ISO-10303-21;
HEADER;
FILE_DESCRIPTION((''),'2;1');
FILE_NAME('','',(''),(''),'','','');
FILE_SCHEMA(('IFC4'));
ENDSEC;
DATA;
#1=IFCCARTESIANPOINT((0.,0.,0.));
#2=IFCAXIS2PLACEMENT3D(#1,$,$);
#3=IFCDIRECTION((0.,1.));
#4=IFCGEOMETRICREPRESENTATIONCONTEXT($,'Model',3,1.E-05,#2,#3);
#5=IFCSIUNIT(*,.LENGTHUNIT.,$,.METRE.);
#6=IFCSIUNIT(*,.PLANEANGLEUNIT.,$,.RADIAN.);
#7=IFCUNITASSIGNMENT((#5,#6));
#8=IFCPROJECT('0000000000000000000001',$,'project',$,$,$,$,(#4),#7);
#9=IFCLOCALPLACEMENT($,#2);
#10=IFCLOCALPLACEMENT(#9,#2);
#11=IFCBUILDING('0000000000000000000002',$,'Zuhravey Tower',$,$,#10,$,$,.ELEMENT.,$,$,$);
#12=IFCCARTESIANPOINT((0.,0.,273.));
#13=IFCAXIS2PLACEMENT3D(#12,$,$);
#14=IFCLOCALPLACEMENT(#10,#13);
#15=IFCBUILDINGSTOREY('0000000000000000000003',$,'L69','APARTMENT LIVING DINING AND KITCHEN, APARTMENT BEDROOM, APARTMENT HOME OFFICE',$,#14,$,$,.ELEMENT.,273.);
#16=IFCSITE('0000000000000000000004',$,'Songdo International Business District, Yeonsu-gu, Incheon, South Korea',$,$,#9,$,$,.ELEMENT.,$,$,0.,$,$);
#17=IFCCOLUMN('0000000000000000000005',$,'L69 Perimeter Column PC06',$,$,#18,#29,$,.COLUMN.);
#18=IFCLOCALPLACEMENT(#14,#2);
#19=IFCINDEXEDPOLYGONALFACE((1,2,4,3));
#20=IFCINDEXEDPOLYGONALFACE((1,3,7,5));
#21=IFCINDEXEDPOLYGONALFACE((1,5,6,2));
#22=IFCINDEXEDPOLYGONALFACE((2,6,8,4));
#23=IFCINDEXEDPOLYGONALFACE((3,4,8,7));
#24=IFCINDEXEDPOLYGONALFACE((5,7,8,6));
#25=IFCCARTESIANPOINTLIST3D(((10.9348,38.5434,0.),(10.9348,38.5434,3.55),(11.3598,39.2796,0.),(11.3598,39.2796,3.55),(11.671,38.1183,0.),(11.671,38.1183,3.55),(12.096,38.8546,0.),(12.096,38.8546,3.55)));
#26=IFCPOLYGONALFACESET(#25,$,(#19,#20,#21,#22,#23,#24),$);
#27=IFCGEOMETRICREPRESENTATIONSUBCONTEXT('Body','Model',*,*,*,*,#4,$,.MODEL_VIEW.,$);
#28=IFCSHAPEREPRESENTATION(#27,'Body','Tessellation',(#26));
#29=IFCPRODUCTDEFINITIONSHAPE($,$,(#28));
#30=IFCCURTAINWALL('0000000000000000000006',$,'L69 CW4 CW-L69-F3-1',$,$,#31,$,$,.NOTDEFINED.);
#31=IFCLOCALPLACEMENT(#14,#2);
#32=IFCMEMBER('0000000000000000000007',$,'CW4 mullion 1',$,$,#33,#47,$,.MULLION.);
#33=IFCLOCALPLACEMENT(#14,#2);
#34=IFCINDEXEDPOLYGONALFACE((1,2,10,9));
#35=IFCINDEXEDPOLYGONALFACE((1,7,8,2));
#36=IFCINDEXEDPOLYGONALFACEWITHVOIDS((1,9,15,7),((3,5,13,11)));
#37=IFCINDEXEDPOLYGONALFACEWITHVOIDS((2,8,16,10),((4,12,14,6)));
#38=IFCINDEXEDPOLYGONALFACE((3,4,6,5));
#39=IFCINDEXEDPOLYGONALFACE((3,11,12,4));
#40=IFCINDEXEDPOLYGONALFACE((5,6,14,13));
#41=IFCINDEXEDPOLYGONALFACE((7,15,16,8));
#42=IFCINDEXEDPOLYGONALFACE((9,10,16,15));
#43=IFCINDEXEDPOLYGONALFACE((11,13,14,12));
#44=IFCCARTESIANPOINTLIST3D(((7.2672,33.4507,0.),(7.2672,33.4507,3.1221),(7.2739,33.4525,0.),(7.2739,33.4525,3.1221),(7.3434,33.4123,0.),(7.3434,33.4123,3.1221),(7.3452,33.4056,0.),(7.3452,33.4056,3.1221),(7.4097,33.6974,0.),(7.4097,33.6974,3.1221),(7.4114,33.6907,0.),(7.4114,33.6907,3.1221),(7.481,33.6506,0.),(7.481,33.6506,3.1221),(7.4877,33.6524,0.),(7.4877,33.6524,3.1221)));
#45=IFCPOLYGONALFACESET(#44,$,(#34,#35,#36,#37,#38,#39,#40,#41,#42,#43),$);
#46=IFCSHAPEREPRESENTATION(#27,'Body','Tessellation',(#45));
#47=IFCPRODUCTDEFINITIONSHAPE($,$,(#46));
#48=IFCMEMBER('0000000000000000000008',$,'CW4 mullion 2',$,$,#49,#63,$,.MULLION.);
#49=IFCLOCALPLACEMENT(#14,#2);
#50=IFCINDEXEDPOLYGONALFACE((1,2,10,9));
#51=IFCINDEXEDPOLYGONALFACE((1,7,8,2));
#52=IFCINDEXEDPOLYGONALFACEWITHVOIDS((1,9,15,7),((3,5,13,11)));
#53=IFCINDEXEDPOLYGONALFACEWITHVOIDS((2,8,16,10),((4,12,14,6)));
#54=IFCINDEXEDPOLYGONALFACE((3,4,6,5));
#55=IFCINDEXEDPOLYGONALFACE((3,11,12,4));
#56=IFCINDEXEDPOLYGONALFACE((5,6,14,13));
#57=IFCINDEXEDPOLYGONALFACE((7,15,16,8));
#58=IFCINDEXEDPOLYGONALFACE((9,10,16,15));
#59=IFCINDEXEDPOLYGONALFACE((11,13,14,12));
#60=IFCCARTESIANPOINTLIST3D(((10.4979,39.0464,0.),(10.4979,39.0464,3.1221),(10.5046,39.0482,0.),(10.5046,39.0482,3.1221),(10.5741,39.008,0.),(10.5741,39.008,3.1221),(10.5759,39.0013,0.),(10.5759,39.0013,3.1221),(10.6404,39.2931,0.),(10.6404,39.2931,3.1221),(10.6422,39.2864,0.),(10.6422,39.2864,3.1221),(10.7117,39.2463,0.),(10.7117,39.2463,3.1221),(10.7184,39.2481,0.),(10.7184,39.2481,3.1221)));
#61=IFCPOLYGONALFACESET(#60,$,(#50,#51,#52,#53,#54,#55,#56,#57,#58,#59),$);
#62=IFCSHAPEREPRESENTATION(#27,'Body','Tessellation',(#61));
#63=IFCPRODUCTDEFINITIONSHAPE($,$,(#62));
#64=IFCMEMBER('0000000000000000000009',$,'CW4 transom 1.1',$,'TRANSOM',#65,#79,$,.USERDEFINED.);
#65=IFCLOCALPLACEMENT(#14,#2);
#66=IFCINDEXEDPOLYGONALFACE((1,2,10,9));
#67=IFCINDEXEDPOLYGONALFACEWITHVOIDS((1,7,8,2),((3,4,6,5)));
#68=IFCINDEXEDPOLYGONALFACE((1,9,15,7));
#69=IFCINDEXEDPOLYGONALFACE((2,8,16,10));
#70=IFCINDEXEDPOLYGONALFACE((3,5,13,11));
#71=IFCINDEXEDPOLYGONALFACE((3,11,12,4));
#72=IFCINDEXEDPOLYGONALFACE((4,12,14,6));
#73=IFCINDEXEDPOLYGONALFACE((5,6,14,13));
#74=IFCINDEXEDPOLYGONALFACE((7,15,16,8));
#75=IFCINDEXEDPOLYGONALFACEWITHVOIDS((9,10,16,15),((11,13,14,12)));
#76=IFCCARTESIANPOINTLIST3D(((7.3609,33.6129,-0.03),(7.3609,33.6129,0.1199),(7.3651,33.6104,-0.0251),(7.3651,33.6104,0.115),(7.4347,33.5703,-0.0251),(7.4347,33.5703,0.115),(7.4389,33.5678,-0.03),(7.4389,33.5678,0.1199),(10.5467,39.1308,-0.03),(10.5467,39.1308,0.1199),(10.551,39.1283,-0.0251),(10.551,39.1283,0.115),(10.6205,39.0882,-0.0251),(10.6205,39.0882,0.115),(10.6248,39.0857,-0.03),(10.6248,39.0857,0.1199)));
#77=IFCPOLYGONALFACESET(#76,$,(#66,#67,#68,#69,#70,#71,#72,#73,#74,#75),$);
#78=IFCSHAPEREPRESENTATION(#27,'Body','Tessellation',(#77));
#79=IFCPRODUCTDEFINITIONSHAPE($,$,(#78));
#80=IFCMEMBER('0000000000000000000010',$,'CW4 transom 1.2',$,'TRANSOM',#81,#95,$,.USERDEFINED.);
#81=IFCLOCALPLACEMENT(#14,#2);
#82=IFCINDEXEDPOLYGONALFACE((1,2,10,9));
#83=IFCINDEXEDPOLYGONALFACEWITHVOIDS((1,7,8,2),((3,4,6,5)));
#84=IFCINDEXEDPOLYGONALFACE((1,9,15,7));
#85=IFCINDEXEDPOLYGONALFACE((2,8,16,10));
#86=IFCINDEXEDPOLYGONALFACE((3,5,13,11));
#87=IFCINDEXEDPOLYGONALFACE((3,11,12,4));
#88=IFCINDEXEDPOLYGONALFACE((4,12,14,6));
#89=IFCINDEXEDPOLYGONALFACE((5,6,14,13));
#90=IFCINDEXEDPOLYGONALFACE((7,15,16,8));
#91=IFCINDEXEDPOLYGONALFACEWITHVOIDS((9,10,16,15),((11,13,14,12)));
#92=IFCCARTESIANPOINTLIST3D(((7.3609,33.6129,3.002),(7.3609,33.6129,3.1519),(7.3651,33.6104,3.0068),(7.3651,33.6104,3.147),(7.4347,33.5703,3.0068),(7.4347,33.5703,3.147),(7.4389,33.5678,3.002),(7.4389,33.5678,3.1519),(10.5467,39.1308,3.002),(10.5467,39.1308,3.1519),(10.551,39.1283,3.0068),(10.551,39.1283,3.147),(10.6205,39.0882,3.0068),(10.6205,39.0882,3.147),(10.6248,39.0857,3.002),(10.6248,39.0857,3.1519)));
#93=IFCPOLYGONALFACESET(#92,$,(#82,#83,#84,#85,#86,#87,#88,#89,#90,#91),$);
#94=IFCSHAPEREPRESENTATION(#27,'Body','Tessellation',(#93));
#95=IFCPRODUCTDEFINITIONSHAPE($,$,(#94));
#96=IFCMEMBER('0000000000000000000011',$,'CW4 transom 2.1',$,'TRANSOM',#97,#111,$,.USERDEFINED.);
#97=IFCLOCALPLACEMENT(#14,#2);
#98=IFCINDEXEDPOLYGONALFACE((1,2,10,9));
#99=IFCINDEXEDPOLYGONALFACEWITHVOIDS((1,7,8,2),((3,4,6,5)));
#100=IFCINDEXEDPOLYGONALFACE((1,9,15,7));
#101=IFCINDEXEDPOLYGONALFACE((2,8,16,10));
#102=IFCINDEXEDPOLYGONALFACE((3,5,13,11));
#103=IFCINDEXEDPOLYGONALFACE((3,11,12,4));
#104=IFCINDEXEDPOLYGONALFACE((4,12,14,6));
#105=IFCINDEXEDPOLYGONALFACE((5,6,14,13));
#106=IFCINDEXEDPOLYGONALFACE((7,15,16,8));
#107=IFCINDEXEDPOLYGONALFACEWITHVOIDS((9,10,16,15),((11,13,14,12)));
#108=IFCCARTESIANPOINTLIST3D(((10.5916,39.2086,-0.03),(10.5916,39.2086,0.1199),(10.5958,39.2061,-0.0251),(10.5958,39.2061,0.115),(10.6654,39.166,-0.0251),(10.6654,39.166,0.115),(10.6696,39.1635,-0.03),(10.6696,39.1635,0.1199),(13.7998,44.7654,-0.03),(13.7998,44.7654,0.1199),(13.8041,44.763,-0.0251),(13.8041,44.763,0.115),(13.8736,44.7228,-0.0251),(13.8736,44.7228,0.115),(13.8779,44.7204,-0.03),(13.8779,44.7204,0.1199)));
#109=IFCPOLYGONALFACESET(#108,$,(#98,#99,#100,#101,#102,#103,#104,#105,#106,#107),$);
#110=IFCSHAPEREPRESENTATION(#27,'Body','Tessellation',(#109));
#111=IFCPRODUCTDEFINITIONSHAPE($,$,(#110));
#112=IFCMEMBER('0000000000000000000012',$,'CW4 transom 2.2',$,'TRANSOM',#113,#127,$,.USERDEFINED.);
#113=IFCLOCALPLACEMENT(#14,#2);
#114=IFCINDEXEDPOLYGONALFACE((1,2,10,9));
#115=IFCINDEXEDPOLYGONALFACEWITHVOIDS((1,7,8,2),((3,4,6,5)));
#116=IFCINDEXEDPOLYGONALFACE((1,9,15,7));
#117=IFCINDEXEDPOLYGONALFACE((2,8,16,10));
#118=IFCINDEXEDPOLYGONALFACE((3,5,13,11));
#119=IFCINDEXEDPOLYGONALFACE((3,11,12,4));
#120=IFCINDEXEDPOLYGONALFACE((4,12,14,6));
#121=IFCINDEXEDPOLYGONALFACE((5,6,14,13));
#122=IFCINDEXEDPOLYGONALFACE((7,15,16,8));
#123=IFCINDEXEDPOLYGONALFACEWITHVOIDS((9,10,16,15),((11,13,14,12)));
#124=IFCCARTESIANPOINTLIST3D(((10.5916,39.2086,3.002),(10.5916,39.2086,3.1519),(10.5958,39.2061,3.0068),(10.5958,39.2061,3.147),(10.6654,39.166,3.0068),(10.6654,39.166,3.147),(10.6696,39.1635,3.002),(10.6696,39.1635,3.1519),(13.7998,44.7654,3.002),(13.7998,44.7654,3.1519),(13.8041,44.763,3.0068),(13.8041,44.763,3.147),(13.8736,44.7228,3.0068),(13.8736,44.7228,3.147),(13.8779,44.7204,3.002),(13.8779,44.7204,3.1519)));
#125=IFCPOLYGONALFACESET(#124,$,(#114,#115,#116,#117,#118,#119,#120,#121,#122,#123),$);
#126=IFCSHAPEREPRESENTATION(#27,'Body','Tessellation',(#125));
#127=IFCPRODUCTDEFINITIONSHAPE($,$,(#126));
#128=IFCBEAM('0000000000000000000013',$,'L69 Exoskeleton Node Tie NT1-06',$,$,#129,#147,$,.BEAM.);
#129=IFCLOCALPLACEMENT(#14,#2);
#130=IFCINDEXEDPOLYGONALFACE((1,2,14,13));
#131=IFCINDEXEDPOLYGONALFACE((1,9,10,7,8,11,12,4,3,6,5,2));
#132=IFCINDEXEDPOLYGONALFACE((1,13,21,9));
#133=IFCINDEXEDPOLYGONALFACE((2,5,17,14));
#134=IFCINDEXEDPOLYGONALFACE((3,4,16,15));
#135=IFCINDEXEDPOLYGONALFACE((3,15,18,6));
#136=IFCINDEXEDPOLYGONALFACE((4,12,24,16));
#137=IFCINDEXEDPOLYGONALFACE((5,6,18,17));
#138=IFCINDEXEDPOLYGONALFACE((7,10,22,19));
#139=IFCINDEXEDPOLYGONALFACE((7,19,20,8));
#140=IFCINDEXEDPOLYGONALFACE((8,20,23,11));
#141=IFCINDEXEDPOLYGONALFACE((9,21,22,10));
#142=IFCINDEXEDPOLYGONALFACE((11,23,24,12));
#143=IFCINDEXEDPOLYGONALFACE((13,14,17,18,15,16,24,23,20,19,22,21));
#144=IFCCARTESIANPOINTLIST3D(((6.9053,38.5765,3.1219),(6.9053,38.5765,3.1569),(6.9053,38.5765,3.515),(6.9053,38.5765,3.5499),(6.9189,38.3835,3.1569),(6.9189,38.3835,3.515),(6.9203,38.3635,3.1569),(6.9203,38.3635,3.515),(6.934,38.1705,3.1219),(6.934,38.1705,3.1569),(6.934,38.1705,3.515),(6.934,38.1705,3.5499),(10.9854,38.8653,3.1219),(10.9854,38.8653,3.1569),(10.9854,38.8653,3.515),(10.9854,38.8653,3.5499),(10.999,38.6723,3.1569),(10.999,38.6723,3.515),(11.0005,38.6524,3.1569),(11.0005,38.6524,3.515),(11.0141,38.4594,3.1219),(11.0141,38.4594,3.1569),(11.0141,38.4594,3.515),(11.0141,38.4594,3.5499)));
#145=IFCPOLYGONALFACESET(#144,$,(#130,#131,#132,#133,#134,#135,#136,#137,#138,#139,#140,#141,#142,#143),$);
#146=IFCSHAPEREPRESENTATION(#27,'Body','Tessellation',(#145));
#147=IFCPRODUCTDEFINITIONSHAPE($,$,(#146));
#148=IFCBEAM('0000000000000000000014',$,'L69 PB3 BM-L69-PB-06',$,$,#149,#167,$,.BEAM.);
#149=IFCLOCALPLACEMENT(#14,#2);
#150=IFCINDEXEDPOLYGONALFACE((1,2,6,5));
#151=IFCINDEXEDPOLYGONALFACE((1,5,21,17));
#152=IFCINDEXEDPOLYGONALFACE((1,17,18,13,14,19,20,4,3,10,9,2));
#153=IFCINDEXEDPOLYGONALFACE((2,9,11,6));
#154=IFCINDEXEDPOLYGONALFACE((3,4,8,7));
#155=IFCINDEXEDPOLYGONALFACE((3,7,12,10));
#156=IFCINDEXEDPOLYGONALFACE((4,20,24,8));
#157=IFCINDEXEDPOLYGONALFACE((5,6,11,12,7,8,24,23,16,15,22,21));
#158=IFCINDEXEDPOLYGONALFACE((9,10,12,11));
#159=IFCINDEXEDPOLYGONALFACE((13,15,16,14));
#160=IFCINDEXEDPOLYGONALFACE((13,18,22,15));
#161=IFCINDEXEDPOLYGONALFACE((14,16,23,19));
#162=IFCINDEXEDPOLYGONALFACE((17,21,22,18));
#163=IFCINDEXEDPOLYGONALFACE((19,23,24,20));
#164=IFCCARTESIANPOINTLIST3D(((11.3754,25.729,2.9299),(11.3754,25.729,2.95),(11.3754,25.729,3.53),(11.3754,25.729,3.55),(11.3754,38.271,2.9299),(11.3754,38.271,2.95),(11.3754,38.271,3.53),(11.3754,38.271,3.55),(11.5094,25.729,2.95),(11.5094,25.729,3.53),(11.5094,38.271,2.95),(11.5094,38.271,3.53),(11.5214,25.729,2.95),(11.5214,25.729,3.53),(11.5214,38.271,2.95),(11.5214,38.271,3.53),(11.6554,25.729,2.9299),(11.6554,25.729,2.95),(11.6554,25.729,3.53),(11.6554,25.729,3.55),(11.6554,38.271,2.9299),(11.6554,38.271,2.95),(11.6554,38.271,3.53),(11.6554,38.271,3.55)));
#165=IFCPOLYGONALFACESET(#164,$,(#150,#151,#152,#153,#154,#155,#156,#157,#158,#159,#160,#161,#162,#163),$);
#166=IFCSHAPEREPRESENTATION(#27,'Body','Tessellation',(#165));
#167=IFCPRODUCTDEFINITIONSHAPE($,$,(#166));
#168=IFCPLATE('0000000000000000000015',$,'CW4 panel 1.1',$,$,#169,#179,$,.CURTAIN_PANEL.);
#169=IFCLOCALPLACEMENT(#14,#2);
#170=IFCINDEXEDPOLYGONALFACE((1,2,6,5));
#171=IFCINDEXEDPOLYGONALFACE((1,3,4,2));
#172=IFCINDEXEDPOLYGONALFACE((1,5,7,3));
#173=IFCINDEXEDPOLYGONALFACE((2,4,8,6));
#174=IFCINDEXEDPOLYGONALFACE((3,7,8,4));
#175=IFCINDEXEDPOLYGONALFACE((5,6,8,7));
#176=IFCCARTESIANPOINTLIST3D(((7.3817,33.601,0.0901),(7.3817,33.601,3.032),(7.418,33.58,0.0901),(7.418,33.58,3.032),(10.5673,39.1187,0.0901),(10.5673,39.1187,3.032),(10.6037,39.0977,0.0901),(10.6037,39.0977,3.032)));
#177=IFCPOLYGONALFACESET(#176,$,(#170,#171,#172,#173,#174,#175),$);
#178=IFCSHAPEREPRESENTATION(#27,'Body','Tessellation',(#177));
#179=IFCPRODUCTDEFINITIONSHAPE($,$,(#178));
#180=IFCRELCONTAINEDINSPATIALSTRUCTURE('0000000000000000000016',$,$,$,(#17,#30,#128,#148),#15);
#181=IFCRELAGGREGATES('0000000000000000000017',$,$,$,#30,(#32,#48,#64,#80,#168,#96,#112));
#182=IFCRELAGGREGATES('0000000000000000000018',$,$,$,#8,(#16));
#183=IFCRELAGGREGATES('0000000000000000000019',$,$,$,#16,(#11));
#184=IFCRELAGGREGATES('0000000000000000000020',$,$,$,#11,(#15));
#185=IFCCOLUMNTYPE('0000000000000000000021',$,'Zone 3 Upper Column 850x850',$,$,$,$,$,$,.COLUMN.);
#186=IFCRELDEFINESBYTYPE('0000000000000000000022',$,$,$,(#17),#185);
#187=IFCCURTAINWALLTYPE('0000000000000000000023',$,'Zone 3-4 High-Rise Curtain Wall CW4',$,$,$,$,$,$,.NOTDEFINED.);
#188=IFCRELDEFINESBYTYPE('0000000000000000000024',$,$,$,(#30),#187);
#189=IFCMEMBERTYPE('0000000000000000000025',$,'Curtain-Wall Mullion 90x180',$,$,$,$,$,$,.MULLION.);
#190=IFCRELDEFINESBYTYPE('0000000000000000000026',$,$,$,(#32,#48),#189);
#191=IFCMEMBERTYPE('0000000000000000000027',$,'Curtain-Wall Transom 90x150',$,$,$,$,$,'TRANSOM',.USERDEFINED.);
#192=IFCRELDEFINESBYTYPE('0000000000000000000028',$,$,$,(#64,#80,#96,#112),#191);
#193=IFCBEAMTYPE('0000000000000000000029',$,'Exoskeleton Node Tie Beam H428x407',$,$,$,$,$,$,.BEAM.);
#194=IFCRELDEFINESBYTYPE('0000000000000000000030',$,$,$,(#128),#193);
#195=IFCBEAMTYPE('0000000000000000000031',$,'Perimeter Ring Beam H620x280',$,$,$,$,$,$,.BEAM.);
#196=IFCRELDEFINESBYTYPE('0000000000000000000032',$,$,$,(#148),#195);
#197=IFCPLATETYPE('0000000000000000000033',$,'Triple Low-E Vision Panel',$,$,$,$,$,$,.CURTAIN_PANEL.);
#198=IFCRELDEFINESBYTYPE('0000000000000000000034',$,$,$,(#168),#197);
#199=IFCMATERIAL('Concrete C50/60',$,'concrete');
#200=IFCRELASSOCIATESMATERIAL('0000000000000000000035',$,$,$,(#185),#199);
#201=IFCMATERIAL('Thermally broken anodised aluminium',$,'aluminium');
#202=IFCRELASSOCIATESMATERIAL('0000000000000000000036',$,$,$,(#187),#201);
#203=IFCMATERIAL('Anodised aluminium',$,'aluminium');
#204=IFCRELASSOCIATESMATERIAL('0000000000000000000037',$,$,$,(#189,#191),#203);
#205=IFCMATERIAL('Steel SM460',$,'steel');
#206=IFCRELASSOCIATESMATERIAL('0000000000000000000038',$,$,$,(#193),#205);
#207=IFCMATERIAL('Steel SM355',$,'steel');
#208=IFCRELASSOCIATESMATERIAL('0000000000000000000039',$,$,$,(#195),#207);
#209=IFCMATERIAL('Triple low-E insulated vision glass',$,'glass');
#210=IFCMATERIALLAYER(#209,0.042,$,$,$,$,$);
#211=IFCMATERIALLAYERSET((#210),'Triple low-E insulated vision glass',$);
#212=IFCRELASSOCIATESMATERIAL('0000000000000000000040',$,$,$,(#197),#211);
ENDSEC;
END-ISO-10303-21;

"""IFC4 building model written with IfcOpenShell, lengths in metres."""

from ifc_helpers import new_model, si_unit, direction, frame, origin, origin_2d, place, context, subcontext, project, spatial, rectangle, hollow_rectangle, i_section, extrude, material, layer, layer_set, material_profile, profile_set, type_object, element, aggregate, save


model = new_model("IFC4")

# Units and contexts
model_context = context("Model", 3, precision=1e-05, world=origin(), true_north=direction((0.0, 1.0)))
body_context = subcontext(model_context, "Body", "Model", "MODEL_VIEW")
ifc_project = project(units=[si_unit("LENGTHUNIT", "METRE"), si_unit("PLANEANGLEUNIT", "RADIAN")], contexts=[model_context])

# Site, building, storey
site_placement = place(None, origin())
site = spatial("IfcSite", under=ifc_project, at=site_placement, Name="Songdo International Business District, Yeonsu-gu, Incheon, South Korea", CompositionType="ELEMENT", RefElevation=0.0)
building_placement = place(site_placement, origin())
building = spatial("IfcBuilding", under=site, at=building_placement, Name="Zuhravey Tower", CompositionType="ELEMENT")
storey_placement = place(building_placement, frame((0.0, 0.0, 273.0)))
storey = spatial("IfcBuildingStorey", under=building, at=storey_placement, Name="L69", Description="APARTMENT LIVING DINING AND KITCHEN, APARTMENT BEDROOM, APARTMENT HOME OFFICE", CompositionType="ELEMENT", Elevation=273.0)

# Column
ifc_material_1 = material(Name="Concrete C50/60", Category="concrete")
ifc_material_profile_1 = material_profile(ifc_material_1, rectangle(XDim=0.8501, YDim=0.8501, at=origin_2d()), Name="RC-850x850")
ifc_profile_set_1 = profile_set([ifc_material_profile_1], Name="Concrete C50/60")
column_type = type_object("IfcColumnType", Name="Zone 3 Upper Column 850x850", PredefinedType="COLUMN", material=ifc_profile_set_1)
column_placement = place(storey_placement, frame((11.5154, 38.699, 0.0), z_axis=(0.0, 0.0, 1.0), x_axis=(-0.5, -0.866025, 0.0)))
element("IfcColumn", 1, at=column_placement, inside=storey, type_object=column_type, Name="L69 Perimeter Column PC06", PredefinedType="COLUMN", context=body_context, shape_type="SweptSolid", body=[
    extrude(rectangle(XDim=0.8501, YDim=0.8501, at=origin_2d()), origin(), (0.0, 0.0, 1.0), 3.55),
])

# Curtain wall, members
ifc_material_2 = material(Name="Thermally broken anodised aluminium", Category="aluminium")
curtain_wall_type = type_object("IfcCurtainWallType", Name="Zone 3-4 High-Rise Curtain Wall CW4", PredefinedType="NOTDEFINED", material=ifc_material_2)
curtain_wall_placement = place(storey_placement, origin())
curtain_wall = element("IfcCurtainWall", 2, at=curtain_wall_placement, inside=storey, type_object=curtain_wall_type, Name="L69 CW4 CW-L69-F3-1", PredefinedType="NOTDEFINED")
ifc_material_3 = material(Name="Anodised aluminium", Category="aluminium")
ifc_material_profile_2 = material_profile(ifc_material_3, hollow_rectangle(XDim=0.0901, YDim=0.2849, WallThickness=0.0049, at=origin_2d()), Name="ALU-RHS-90x285x5")
ifc_profile_set_2 = profile_set([ifc_material_profile_2], Name="Anodised aluminium")
member_type_1 = type_object("IfcMemberType", Name="Curtain-Wall Mullion 90x180", PredefinedType="MULLION", material=ifc_profile_set_2)
member_1_placement = place(storey_placement, frame((7.3774, 33.5515, 0.0), z_axis=(0.0, 0.0, 1.0), x_axis=(-0.866025, 0.500001, 0.0)))
member_1 = element("IfcMember", 3, at=member_1_placement, type_object=member_type_1, Name="CW4 mullion 1", PredefinedType="MULLION", context=body_context, shape_type="SweptSolid", body=[
    extrude(hollow_rectangle(XDim=0.0901, YDim=0.2849, WallThickness=0.0049, at=origin_2d()), origin(), (0.0, 0.0, 1.0), 3.1221),
])
member_2_placement = place(storey_placement, frame((10.6082, 39.1472, 0.0), z_axis=(0.0, 0.0, 1.0), x_axis=(-0.866025, 0.500001, 0.0)))
member_2 = element("IfcMember", 4, at=member_2_placement, type_object=member_type_1, Name="CW4 mullion 2", PredefinedType="MULLION", context=body_context, shape_type="SweptSolid", body=[
    extrude(hollow_rectangle(XDim=0.0901, YDim=0.2849, WallThickness=0.0049, at=origin_2d()), origin(), (0.0, 0.0, 1.0), 3.1221),
])
ifc_material_profile_3 = material_profile(ifc_material_3, hollow_rectangle(XDim=0.0901, YDim=0.1499, WallThickness=0.0049, at=origin_2d()), Name="ALU-RHS-90x150x5")
ifc_profile_set_3 = profile_set([ifc_material_profile_3], Name="Anodised aluminium")
member_type_2 = type_object("IfcMemberType", Name="Curtain-Wall Transom 90x150", ElementType="TRANSOM", PredefinedType="USERDEFINED", material=ifc_profile_set_3)
member_3_placement = place(storey_placement, frame((7.3999, 33.5903, 0.0449), z_axis=(0.500009, 0.86602, 0.0), x_axis=(-0.86602, 0.500009, 0.0)))
member_3 = element("IfcMember", 5, at=member_3_placement, type_object=member_type_2, Name="CW4 transom 1.1", ObjectType="TRANSOM", PredefinedType="USERDEFINED", context=body_context, shape_type="SweptSolid", body=[
    extrude(hollow_rectangle(XDim=0.0901, YDim=0.1499, WallThickness=0.0049, at=origin_2d()), origin(), (0.0, 0.0, 1.0), 6.3716),
])
member_4_placement = place(storey_placement, frame((7.3999, 33.5903, 3.0769), z_axis=(0.500009, 0.86602, 0.0), x_axis=(-0.86602, 0.500009, 0.0)))
member_4 = element("IfcMember", 6, at=member_4_placement, type_object=member_type_2, Name="CW4 transom 1.2", ObjectType="TRANSOM", PredefinedType="USERDEFINED", context=body_context, shape_type="SweptSolid", body=[
    extrude(hollow_rectangle(XDim=0.0901, YDim=0.1499, WallThickness=0.0049, at=origin_2d()), origin(), (0.0, 0.0, 1.0), 6.3716),
])
member_5_placement = place(storey_placement, frame((10.6306, 39.186, 0.0449), z_axis=(0.499998, 0.866027, 0.0), x_axis=(-0.866027, 0.499998, 0.0)))
member_5 = element("IfcMember", 7, at=member_5_placement, type_object=member_type_2, Name="CW4 transom 2.1", ObjectType="TRANSOM", PredefinedType="USERDEFINED", context=body_context, shape_type="SweptSolid", body=[
    extrude(hollow_rectangle(XDim=0.0901, YDim=0.1499, WallThickness=0.0049, at=origin_2d()), origin(), (0.0, 0.0, 1.0), 6.4165),
])
member_6_placement = place(storey_placement, frame((10.6306, 39.186, 3.0769), z_axis=(0.499998, 0.866027, 0.0), x_axis=(-0.866027, 0.499998, 0.0)))
member_6 = element("IfcMember", 8, at=member_6_placement, type_object=member_type_2, Name="CW4 transom 2.2", ObjectType="TRANSOM", PredefinedType="USERDEFINED", context=body_context, shape_type="SweptSolid", body=[
    extrude(hollow_rectangle(XDim=0.0901, YDim=0.1499, WallThickness=0.0049, at=origin_2d()), origin(), (0.0, 0.0, 1.0), 6.4165),
])

# Beams
ifc_material_4 = material(Name="Steel SM460", Category="steel")
ifc_material_profile_4 = material_profile(ifc_material_4, i_section(OverallWidth=0.407, OverallDepth=0.428, WebThickness=0.02, FlangeThickness=0.0349, at=origin_2d()), Name="H-428x407x20x35")
ifc_profile_set_4 = profile_set([ifc_material_profile_4], Name="Steel SM460")
beam_type_1 = type_object("IfcBeamType", Name="Exoskeleton Node Tie Beam H428x407", PredefinedType="BEAM", material=ifc_profile_set_4)
beam_1_placement = place(storey_placement, frame((10.9998, 38.6624, 3.3359), z_axis=(-0.997504, -0.070611, 0.0), x_axis=(0.070611, -0.997504, 0.0)))
element("IfcBeam", 9, at=beam_1_placement, inside=storey, type_object=beam_type_1, Name="L69 Exoskeleton Node Tie NT1-06", PredefinedType="BEAM", context=body_context, shape_type="SweptSolid", body=[
    extrude(i_section(OverallWidth=0.407, OverallDepth=0.428, WebThickness=0.02, FlangeThickness=0.0349, at=origin_2d()), origin(), (0.0, 0.0, 1.0), 4.0903),
])
ifc_material_5 = material(Name="Steel SM355", Category="steel")
ifc_material_profile_5 = material_profile(ifc_material_5, i_section(OverallWidth=0.28, OverallDepth=0.6201, WebThickness=0.012, FlangeThickness=0.02, at=origin_2d()), Name="H-620x280x12x20")
ifc_profile_set_5 = profile_set([ifc_material_profile_5], Name="Steel SM355")
beam_type_2 = type_object("IfcBeamType", Name="Perimeter Ring Beam H620x280", PredefinedType="BEAM", material=ifc_profile_set_5)
beam_2_placement = place(storey_placement, frame((11.5154, 38.271, 3.24), z_axis=(0.0, -1.0, 0.0), x_axis=(1.0, 0.0, 0.0)))
element("IfcBeam", 10, at=beam_2_placement, inside=storey, type_object=beam_type_2, Name="L69 PB3 BM-L69-PB-06", PredefinedType="BEAM", context=body_context, shape_type="SweptSolid", body=[
    extrude(i_section(OverallWidth=0.28, OverallDepth=0.6201, WebThickness=0.012, FlangeThickness=0.02, at=origin_2d()), origin(), (0.0, 0.0, 1.0), 12.542),
])

# Plate
ifc_material_6 = material(Name="Triple low-E insulated vision glass", Category="glass")
ifc_layer_1 = layer(ifc_material_6, 0.042)
ifc_layer_set_1 = layer_set([ifc_layer_1], Name="Triple low-E insulated vision glass")
plate_type = type_object("IfcPlateType", Name="Triple Low-E Vision Panel", PredefinedType="CURTAIN_PANEL", material=ifc_layer_set_1)
plate_1_placement = place(storey_placement, frame((8.9927, 36.3494, 0.0901), z_axis=(0.0, 0.0, 1.0), x_axis=(0.500001, 0.866025, 0.0)))
plate_1 = element("IfcPlate", 11, at=plate_1_placement, type_object=plate_type, Name="CW4 panel 1.1", PredefinedType="CURTAIN_PANEL", context=body_context, shape_type="SweptSolid", body=[
    extrude(rectangle(XDim=6.3713, YDim=0.042, at=origin_2d()), origin(), (0.0, 0.0, 1.0), 2.9419),
])
aggregate(curtain_wall, [member_1, member_2, member_3, member_4, plate_1, member_5, member_6])

save(model, "model.ifc")
